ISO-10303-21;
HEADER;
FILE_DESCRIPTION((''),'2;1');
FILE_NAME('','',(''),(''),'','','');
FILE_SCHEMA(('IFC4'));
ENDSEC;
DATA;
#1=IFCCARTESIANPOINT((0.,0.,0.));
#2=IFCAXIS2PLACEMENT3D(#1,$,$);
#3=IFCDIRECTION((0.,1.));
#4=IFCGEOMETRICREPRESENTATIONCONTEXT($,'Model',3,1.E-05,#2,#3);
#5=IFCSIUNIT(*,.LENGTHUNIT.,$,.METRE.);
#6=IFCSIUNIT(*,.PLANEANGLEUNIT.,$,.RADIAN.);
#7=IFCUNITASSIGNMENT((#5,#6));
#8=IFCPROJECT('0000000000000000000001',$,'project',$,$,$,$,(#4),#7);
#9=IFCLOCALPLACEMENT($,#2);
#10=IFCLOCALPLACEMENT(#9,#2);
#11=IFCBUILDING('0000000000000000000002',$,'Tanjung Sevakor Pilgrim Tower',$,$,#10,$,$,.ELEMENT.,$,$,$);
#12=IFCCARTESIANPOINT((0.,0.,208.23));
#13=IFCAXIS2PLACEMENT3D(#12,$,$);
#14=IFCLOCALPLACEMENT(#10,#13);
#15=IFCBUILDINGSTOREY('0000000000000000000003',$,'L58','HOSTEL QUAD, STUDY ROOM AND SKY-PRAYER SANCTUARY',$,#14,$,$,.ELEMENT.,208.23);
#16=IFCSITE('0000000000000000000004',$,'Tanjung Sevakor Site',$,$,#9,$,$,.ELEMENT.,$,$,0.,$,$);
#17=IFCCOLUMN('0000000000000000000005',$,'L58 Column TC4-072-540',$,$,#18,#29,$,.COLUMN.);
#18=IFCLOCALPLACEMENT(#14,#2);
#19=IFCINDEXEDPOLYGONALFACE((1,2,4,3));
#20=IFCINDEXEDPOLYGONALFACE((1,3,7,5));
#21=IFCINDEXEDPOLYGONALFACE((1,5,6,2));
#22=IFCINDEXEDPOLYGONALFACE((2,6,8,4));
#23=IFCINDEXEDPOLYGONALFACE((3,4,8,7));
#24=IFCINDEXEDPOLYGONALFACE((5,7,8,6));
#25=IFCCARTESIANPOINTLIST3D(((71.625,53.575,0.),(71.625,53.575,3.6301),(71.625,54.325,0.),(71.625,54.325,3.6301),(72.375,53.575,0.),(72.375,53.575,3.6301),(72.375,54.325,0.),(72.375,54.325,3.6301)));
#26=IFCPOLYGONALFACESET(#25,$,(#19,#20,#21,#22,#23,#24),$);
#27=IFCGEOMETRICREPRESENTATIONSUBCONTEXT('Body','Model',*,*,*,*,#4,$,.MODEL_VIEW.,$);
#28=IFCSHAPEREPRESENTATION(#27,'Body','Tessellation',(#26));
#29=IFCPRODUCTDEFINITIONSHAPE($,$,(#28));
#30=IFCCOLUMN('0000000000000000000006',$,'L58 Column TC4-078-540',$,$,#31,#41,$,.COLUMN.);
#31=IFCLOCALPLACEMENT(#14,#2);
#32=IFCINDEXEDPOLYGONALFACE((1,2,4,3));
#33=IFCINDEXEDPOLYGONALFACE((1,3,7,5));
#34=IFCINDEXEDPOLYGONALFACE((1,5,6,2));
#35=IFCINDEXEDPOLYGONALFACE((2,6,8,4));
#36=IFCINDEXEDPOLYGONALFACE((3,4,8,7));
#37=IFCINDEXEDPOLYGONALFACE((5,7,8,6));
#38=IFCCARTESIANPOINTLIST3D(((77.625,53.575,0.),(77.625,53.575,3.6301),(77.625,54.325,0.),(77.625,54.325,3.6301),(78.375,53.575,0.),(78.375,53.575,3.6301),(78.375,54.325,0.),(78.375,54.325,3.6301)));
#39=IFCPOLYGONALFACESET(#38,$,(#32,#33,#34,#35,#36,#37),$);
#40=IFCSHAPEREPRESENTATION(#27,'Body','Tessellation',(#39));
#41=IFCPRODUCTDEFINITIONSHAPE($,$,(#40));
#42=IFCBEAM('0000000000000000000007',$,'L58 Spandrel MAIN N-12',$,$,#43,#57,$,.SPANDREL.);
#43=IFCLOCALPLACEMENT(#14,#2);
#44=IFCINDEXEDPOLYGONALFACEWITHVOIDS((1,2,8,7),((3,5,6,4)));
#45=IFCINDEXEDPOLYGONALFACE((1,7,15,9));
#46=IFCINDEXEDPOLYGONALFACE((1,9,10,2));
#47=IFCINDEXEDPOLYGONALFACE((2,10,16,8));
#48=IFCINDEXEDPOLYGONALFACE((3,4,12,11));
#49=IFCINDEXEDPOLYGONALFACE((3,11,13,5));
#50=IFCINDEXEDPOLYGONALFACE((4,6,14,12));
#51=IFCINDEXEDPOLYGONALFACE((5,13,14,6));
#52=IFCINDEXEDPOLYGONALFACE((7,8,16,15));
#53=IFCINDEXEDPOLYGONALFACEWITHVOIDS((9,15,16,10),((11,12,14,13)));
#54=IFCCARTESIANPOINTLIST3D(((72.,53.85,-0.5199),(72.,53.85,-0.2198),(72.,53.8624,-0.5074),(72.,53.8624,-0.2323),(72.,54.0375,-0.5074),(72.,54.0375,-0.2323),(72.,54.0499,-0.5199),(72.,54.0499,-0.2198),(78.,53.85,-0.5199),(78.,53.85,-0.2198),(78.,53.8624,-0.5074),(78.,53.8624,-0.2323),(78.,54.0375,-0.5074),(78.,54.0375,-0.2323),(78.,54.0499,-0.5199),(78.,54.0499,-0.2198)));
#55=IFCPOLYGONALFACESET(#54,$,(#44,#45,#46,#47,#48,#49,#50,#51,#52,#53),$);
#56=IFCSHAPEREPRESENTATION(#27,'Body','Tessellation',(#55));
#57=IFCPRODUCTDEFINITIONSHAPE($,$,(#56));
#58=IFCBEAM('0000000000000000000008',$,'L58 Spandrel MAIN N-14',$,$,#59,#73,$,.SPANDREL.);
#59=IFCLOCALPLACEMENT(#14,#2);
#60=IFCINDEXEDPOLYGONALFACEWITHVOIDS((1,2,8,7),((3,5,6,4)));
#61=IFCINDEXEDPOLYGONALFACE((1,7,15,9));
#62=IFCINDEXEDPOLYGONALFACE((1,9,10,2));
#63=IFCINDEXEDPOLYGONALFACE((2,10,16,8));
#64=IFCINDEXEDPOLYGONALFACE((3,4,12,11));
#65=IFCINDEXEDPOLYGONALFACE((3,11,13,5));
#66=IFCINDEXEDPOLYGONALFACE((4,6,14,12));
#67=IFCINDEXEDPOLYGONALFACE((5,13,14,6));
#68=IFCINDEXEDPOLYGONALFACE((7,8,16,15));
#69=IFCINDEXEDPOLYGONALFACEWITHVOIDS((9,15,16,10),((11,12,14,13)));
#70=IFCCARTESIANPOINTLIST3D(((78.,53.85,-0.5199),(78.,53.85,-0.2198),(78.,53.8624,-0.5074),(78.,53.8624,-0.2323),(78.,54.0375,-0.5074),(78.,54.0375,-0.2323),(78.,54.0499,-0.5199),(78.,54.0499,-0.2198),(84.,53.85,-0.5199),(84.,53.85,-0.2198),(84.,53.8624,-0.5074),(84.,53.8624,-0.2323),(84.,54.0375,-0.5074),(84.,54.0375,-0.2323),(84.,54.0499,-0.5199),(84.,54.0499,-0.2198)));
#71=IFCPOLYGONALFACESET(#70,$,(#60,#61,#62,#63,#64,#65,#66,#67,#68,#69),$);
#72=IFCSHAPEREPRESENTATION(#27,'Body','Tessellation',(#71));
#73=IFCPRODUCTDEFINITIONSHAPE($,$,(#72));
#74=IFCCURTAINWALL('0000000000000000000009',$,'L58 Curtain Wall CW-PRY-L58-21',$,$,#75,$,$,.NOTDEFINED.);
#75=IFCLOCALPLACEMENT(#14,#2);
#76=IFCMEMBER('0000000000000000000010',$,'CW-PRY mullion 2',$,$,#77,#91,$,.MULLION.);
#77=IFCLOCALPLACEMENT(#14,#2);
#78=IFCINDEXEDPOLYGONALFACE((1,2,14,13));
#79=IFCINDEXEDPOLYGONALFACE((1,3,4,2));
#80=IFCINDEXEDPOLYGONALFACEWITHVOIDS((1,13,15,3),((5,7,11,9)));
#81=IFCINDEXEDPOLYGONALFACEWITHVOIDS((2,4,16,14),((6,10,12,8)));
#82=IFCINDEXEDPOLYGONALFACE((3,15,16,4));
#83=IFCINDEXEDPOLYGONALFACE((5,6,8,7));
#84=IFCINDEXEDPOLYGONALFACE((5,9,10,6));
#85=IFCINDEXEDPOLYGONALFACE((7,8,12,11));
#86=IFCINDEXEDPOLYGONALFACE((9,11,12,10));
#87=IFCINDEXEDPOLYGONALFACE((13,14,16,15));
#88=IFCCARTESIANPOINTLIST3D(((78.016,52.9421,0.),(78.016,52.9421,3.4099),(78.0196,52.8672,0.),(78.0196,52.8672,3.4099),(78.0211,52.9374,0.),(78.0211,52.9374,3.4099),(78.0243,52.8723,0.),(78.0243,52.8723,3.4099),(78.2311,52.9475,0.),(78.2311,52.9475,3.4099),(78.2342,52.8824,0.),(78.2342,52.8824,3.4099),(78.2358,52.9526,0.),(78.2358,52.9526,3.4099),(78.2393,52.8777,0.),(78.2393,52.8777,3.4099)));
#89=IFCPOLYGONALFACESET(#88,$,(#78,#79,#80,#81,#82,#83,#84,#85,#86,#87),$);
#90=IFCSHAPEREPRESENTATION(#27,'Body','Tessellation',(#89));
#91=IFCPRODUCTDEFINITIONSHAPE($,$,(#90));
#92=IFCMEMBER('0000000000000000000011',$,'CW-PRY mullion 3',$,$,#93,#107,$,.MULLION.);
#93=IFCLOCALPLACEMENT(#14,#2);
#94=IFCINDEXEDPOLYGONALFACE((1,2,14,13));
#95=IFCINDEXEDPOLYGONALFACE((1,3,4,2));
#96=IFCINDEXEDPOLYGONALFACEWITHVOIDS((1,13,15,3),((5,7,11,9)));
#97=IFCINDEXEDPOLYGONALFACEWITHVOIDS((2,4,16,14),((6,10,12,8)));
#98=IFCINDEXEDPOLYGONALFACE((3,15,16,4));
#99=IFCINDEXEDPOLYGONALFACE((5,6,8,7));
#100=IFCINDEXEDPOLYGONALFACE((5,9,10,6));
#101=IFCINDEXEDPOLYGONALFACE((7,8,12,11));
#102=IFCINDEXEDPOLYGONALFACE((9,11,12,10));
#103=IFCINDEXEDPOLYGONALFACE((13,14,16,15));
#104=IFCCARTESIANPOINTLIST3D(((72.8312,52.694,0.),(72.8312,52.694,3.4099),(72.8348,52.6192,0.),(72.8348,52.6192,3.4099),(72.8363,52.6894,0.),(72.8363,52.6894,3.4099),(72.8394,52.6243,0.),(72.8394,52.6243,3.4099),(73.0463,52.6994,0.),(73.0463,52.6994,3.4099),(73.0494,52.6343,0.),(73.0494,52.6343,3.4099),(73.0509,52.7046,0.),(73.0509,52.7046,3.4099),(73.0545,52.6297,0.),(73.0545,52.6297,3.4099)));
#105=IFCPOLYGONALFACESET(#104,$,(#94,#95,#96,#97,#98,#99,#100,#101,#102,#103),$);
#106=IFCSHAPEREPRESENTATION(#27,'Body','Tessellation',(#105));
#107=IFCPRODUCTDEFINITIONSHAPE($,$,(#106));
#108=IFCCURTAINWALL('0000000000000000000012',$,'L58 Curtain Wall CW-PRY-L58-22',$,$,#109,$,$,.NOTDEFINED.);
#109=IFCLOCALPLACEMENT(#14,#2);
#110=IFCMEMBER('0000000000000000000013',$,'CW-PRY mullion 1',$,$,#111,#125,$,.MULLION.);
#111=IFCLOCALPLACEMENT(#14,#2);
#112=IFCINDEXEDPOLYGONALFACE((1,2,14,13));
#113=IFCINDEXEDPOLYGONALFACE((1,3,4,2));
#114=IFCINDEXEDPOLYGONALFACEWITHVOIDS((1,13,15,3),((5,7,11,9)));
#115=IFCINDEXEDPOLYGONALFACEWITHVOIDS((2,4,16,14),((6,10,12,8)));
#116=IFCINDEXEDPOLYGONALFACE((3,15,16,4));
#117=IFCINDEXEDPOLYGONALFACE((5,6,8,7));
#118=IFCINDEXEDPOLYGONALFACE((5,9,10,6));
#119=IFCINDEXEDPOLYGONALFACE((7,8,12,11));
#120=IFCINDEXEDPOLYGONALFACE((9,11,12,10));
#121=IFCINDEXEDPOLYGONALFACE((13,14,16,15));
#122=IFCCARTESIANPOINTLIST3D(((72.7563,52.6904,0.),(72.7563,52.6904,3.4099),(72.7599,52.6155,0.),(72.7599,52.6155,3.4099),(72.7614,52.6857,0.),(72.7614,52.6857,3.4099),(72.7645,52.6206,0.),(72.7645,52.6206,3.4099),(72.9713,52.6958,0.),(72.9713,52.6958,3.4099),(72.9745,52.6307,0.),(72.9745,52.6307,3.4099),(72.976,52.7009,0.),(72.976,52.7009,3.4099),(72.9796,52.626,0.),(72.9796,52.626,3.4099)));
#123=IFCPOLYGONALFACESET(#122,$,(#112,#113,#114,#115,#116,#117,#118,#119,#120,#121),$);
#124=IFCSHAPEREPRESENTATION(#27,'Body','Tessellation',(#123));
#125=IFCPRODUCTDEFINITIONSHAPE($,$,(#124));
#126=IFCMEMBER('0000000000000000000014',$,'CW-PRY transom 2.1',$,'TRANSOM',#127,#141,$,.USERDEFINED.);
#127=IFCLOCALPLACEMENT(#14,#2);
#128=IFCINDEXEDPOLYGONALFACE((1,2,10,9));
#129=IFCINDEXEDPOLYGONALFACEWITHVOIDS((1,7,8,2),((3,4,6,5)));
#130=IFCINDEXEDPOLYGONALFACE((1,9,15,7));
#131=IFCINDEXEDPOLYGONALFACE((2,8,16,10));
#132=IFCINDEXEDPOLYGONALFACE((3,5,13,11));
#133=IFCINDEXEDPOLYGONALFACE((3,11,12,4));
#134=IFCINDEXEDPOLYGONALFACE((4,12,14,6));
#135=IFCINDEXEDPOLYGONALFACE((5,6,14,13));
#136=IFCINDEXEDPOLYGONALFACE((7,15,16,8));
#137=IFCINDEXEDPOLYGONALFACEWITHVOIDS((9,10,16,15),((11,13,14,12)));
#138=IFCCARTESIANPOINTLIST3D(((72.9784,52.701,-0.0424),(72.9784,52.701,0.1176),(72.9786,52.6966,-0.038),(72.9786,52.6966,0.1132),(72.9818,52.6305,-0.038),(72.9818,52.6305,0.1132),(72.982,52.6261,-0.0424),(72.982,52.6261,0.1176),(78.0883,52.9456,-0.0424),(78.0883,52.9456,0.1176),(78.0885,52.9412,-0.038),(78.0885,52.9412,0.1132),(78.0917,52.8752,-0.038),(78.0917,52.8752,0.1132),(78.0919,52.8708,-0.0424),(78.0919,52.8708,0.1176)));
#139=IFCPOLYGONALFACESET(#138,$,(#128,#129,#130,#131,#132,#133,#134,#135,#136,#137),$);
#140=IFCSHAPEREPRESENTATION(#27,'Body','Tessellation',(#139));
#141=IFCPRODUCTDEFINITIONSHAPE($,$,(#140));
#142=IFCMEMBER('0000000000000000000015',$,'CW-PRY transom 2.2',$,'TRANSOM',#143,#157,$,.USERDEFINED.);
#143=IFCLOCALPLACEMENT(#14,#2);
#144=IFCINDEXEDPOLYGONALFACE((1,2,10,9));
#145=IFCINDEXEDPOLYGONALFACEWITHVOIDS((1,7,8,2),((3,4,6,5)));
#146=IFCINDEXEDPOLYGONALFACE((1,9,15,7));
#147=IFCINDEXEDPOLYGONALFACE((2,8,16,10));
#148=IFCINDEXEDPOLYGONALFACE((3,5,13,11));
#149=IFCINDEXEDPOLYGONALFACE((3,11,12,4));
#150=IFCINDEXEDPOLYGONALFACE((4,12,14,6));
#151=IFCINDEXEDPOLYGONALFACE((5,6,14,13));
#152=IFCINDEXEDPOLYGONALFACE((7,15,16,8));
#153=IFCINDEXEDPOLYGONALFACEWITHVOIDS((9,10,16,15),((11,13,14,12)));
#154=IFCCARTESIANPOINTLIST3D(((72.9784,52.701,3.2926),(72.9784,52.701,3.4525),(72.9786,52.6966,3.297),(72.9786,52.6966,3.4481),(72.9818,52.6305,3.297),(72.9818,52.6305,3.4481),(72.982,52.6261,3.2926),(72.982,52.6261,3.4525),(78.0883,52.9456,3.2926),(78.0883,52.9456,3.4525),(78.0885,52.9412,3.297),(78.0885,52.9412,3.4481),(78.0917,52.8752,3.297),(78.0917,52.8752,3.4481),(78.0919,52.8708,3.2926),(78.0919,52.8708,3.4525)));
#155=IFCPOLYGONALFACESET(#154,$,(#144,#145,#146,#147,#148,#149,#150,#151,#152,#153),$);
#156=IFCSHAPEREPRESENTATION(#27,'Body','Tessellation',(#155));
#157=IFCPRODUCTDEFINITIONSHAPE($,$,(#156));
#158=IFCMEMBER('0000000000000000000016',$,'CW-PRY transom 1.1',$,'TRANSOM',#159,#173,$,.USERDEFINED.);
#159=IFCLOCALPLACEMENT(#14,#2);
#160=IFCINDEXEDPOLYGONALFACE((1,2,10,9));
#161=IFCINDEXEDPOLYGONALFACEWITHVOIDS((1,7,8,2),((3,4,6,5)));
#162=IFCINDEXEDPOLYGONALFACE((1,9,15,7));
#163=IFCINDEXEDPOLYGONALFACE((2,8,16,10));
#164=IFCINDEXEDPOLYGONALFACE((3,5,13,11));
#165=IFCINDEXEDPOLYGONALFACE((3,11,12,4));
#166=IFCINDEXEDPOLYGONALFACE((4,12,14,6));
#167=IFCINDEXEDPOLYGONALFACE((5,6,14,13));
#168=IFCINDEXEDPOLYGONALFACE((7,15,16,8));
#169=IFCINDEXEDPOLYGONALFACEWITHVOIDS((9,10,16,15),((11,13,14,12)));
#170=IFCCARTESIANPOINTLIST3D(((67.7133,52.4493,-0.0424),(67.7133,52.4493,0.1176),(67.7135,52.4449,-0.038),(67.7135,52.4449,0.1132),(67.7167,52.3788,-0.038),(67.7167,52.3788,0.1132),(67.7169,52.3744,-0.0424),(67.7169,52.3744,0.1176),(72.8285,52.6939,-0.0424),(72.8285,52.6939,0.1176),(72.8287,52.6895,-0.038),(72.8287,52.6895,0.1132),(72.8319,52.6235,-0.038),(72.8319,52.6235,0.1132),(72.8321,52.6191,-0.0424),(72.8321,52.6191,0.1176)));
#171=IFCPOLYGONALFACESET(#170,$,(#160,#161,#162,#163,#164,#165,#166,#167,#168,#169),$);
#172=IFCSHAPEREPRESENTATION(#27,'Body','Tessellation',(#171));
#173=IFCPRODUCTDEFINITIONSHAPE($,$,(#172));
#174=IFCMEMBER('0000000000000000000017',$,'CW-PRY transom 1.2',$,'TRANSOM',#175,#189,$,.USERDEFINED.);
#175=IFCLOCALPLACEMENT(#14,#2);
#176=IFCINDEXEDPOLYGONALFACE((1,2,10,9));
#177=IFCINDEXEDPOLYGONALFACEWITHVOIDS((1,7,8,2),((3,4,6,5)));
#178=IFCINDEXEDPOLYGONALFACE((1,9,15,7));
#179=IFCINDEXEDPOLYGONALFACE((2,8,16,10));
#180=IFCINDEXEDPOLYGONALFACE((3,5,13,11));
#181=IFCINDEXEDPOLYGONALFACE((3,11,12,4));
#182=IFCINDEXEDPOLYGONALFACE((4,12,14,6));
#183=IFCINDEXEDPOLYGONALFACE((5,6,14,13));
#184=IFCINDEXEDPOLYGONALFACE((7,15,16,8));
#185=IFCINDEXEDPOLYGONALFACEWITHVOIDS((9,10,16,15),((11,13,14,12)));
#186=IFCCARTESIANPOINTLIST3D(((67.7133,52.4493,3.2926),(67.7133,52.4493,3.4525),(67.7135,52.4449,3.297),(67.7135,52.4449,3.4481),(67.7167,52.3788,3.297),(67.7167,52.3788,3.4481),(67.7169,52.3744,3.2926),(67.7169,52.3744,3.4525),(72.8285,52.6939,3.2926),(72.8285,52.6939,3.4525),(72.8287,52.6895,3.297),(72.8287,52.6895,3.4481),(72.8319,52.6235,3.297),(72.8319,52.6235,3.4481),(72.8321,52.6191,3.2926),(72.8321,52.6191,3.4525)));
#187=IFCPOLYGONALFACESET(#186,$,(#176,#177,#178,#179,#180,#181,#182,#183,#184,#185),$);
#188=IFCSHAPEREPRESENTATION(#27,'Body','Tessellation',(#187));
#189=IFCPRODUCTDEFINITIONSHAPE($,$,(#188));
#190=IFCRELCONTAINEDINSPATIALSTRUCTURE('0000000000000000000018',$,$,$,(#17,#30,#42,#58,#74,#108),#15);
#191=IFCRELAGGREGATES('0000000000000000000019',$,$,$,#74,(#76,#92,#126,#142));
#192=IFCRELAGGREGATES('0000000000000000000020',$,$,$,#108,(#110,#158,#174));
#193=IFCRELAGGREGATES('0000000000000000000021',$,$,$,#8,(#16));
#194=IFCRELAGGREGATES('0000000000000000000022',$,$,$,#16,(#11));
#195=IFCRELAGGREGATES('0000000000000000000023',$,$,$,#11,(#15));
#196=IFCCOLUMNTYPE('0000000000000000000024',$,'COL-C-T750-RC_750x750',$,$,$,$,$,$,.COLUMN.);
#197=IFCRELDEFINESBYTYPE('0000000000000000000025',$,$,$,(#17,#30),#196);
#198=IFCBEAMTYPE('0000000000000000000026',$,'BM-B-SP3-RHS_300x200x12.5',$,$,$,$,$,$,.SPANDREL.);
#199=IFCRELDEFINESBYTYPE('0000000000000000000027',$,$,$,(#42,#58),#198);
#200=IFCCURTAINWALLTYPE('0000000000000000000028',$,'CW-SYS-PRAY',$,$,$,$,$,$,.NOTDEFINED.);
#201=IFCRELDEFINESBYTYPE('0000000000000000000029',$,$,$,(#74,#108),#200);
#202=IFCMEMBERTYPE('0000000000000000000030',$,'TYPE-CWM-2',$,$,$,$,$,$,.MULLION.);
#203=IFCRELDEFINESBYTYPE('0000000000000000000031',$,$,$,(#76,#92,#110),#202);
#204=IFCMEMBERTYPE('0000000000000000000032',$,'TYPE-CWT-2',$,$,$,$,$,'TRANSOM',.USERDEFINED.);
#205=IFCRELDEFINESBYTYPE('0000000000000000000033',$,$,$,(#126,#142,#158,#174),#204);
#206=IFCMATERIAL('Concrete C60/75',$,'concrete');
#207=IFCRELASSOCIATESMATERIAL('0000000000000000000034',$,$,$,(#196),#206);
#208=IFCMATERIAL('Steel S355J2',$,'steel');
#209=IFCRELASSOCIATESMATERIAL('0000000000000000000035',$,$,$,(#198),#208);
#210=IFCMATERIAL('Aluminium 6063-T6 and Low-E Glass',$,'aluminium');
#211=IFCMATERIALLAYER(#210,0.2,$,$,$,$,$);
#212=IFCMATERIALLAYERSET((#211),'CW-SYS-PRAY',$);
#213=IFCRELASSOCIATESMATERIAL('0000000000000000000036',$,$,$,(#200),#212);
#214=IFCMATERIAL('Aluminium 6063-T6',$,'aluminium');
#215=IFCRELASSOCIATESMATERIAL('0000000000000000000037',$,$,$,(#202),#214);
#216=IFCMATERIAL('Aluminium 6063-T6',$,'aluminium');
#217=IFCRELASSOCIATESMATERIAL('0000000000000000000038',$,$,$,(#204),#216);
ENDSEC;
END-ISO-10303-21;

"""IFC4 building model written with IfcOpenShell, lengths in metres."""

from ifc_helpers import new_model, si_unit, direction, frame, origin, origin_2d, place, context, subcontext, project, spatial, rectangle, hollow_rectangle, extrude, material, layer, layer_set, material_profile, profile_set, type_object, element, aggregate, save


model = new_model("IFC4")

# Units and contexts
model_context = context("Model", 3, precision=1e-05, world=origin(), true_north=direction((0.0, 1.0)))
body_context = subcontext(model_context, "Body", "Model", "MODEL_VIEW")
ifc_project = project(units=[si_unit("LENGTHUNIT", "METRE"), si_unit("PLANEANGLEUNIT", "RADIAN")], contexts=[model_context])

# Site, building, storey
site_placement = place(None, origin())
site = spatial("IfcSite", under=ifc_project, at=site_placement, Name="Tanjung Sevakor Site", CompositionType="ELEMENT", RefElevation=0.0)
building_placement = place(site_placement, origin())
building = spatial("IfcBuilding", under=site, at=building_placement, Name="Tanjung Sevakor Pilgrim Tower", CompositionType="ELEMENT")
storey_placement = place(building_placement, frame((0.0, 0.0, 208.23)))
storey = spatial("IfcBuildingStorey", under=building, at=storey_placement, Name="L58", Description="HOSTEL QUAD, STUDY ROOM AND SKY-PRAYER SANCTUARY", CompositionType="ELEMENT", Elevation=208.23)

# Columns
ifc_material_1 = material(Name="Concrete C60/75", Category="concrete")
ifc_material_profile_1 = material_profile(ifc_material_1, rectangle(XDim=0.75, YDim=0.75, at=origin_2d()))
ifc_profile_set_1 = profile_set([ifc_material_profile_1], Name="Concrete C60/75")
column_type = type_object("IfcColumnType", Name="COL-C-T750-RC_750x750", PredefinedType="COLUMN", material=ifc_profile_set_1)
for number, where, z_axis, x_axis, name in (
    (1, (72.0, 53.95, 0.0), (0.0, 0.0, 1.0), (1.0, 0.0, 0.0), "L58 Column TC4-072-540"),
    (2, (78.0, 53.95, 0.0), (0.0, 0.0, 1.0), (1.0, 0.0, 0.0), "L58 Column TC4-078-540"),
):
    element("IfcColumn", number, at=place(storey_placement, frame(where, z_axis=z_axis, x_axis=x_axis)), inside=storey, type_object=column_type, Name=name, PredefinedType="COLUMN", context=body_context, shape_type="SweptSolid", body=[
        extrude(rectangle(XDim=0.75, YDim=0.75, at=origin_2d()), origin(), (0.0, 0.0, 1.0), 3.6301),
    ])

# Beams
ifc_material_2 = material(Name="Steel S355J2", Category="steel")
ifc_material_profile_2 = material_profile(ifc_material_2, hollow_rectangle(XDim=0.2, YDim=0.3, WallThickness=0.0125, at=origin_2d()))
ifc_profile_set_2 = profile_set([ifc_material_profile_2], Name="Steel S355J2")
beam_type = type_object("IfcBeamType", Name="BM-B-SP3-RHS_300x200x12.5", PredefinedType="SPANDREL", material=ifc_profile_set_2)
for number, where, z_axis, x_axis, name in (
    (3, (72.0, 53.95, -0.3699), (1.0, 0.0, 0.0), (0.0, 1.0, 0.0), "L58 Spandrel MAIN N-12"),
    (4, (78.0, 53.95, -0.3699), (1.0, 0.0, 0.0), (0.0, 1.0, 0.0), "L58 Spandrel MAIN N-14"),
):
    element("IfcBeam", number, at=place(storey_placement, frame(where, z_axis=z_axis, x_axis=x_axis)), inside=storey, type_object=beam_type, Name=name, PredefinedType="SPANDREL", context=body_context, shape_type="SweptSolid", body=[
        extrude(hollow_rectangle(XDim=0.2, YDim=0.3, WallThickness=0.0125, at=origin_2d()), origin(), (0.0, 0.0, 1.0), 6.0),
    ])

# Curtain wall, members
ifc_material_3 = material(Name="Aluminium 6063-T6 and Low-E Glass", Category="aluminium")
ifc_layer_1 = layer(ifc_material_3, 0.2)
ifc_layer_set_1 = layer_set([ifc_layer_1], Name="CW-SYS-PRAY")
curtain_wall_type = type_object("IfcCurtainWallType", Name="CW-SYS-PRAY", PredefinedType="NOTDEFINED", material=ifc_layer_set_1)
curtain_wall_1_placement = place(storey_placement, origin())
curtain_wall_1 = element("IfcCurtainWall", 5, at=curtain_wall_1_placement, inside=storey, type_object=curtain_wall_type, Name="L58 Curtain Wall CW-PRY-L58-21", PredefinedType="NOTDEFINED")
ifc_material_4 = material(Name="Aluminium 6063-T6", Category="aluminium")
ifc_material_profile_3 = material_profile(ifc_material_4, hollow_rectangle(XDim=0.075, YDim=0.22, WallThickness=0.0049, at=origin_2d()))
ifc_profile_set_3 = profile_set([ifc_material_profile_3], Name="Aluminium 6063-T6")
member_type_1 = type_object("IfcMemberType", Name="TYPE-CWM-2", PredefinedType="MULLION", material=ifc_profile_set_3)
member_1_placement = place(storey_placement, frame((78.1277, 52.9099, 0.0), z_axis=(0.0, 0.0, 1.0), x_axis=(0.047797, -0.998857, 0.0)))
member_1 = element("IfcMember", 6, at=member_1_placement, type_object=member_type_1, Name="CW-PRY mullion 2", PredefinedType="MULLION", context=body_context, shape_type="SweptSolid", body=[
    extrude(hollow_rectangle(XDim=0.075, YDim=0.22, WallThickness=0.0049, at=origin_2d()), origin(), (0.0, 0.0, 1.0), 3.4099),
])
member_2_placement = place(storey_placement, frame((72.9429, 52.6619, 0.0), z_axis=(0.0, 0.0, 1.0), x_axis=(0.047797, -0.998857, 0.0)))
member_2 = element("IfcMember", 7, at=member_2_placement, type_object=member_type_1, Name="CW-PRY mullion 3", PredefinedType="MULLION", context=body_context, shape_type="SweptSolid", body=[
    extrude(hollow_rectangle(XDim=0.075, YDim=0.22, WallThickness=0.0049, at=origin_2d()), origin(), (0.0, 0.0, 1.0), 3.4099),
])

# Curtain wall, member
curtain_wall_2_placement = place(storey_placement, origin())
curtain_wall_2 = element("IfcCurtainWall", 8, at=curtain_wall_2_placement, inside=storey, type_object=curtain_wall_type, Name="L58 Curtain Wall CW-PRY-L58-22", PredefinedType="NOTDEFINED")
member_3_placement = place(storey_placement, frame((72.8679, 52.6582, 0.0), z_axis=(0.0, 0.0, 1.0), x_axis=(0.047787, -0.998858, 0.0)))
member_3 = element("IfcMember", 9, at=member_3_placement, type_object=member_type_1, Name="CW-PRY mullion 1", PredefinedType="MULLION", context=body_context, shape_type="SweptSolid", body=[
    extrude(hollow_rectangle(XDim=0.075, YDim=0.22, WallThickness=0.0049, at=origin_2d()), origin(), (0.0, 0.0, 1.0), 3.4099),
])

# Members
ifc_material_5 = material(Name="Aluminium 6063-T6", Category="aluminium")
ifc_material_profile_4 = material_profile(ifc_material_5, hollow_rectangle(XDim=0.075, YDim=0.1599, WallThickness=0.0044, at=origin_2d()))
ifc_profile_set_4 = profile_set([ifc_material_profile_4], Name="Aluminium 6063-T6")
member_type_2 = type_object("IfcMemberType", Name="TYPE-CWT-2", ElementType="TRANSOM", PredefinedType="USERDEFINED", material=ifc_profile_set_4)
member_4_placement = place(storey_placement, frame((78.0901, 52.9082, 0.0376), z_axis=(-0.998856, -0.047819, 0.0), x_axis=(0.047819, -0.998856, 0.0)))
member_4 = element("IfcMember", 10, at=member_4_placement, type_object=member_type_2, Name="CW-PRY transom 2.1", ObjectType="TRANSOM", PredefinedType="USERDEFINED", context=body_context, shape_type="SweptSolid", body=[
    extrude(hollow_rectangle(XDim=0.075, YDim=0.1599, WallThickness=0.0044, at=origin_2d()), origin(), (0.0, 0.0, 1.0), 5.1157),
])
member_5_placement = place(storey_placement, frame((78.0901, 52.9082, 3.3726), z_axis=(-0.998856, -0.047819, 0.0), x_axis=(0.047819, -0.998856, 0.0)))
member_5 = element("IfcMember", 11, at=member_5_placement, type_object=member_type_2, Name="CW-PRY transom 2.2", ObjectType="TRANSOM", PredefinedType="USERDEFINED", context=body_context, shape_type="SweptSolid", body=[
    extrude(hollow_rectangle(XDim=0.075, YDim=0.1599, WallThickness=0.0044, at=origin_2d()), origin(), (0.0, 0.0, 1.0), 5.1157),
])
member_6_placement = place(storey_placement, frame((72.8303, 52.6565, 0.0376), z_axis=(-0.998858, -0.047769, 0.0), x_axis=(0.047769, -0.998858, 0.0)))
member_6 = element("IfcMember", 12, at=member_6_placement, type_object=member_type_2, Name="CW-PRY transom 1.1", ObjectType="TRANSOM", PredefinedType="USERDEFINED", context=body_context, shape_type="SweptSolid", body=[
    extrude(hollow_rectangle(XDim=0.075, YDim=0.1599, WallThickness=0.0044, at=origin_2d()), origin(), (0.0, 0.0, 1.0), 5.1211),
])
member_7_placement = place(storey_placement, frame((72.8303, 52.6565, 3.3726), z_axis=(-0.998858, -0.047769, 0.0), x_axis=(0.047769, -0.998858, 0.0)))
member_7 = element("IfcMember", 13, at=member_7_placement, type_object=member_type_2, Name="CW-PRY transom 1.2", ObjectType="TRANSOM", PredefinedType="USERDEFINED", context=body_context, shape_type="SweptSolid", body=[
    extrude(hollow_rectangle(XDim=0.075, YDim=0.1599, WallThickness=0.0044, at=origin_2d()), origin(), (0.0, 0.0, 1.0), 5.1211),
])

aggregate(curtain_wall_1, [member_1, member_2, member_4, member_5])
aggregate(curtain_wall_2, [member_3, member_6, member_7])

save(model, "model.ifc")
